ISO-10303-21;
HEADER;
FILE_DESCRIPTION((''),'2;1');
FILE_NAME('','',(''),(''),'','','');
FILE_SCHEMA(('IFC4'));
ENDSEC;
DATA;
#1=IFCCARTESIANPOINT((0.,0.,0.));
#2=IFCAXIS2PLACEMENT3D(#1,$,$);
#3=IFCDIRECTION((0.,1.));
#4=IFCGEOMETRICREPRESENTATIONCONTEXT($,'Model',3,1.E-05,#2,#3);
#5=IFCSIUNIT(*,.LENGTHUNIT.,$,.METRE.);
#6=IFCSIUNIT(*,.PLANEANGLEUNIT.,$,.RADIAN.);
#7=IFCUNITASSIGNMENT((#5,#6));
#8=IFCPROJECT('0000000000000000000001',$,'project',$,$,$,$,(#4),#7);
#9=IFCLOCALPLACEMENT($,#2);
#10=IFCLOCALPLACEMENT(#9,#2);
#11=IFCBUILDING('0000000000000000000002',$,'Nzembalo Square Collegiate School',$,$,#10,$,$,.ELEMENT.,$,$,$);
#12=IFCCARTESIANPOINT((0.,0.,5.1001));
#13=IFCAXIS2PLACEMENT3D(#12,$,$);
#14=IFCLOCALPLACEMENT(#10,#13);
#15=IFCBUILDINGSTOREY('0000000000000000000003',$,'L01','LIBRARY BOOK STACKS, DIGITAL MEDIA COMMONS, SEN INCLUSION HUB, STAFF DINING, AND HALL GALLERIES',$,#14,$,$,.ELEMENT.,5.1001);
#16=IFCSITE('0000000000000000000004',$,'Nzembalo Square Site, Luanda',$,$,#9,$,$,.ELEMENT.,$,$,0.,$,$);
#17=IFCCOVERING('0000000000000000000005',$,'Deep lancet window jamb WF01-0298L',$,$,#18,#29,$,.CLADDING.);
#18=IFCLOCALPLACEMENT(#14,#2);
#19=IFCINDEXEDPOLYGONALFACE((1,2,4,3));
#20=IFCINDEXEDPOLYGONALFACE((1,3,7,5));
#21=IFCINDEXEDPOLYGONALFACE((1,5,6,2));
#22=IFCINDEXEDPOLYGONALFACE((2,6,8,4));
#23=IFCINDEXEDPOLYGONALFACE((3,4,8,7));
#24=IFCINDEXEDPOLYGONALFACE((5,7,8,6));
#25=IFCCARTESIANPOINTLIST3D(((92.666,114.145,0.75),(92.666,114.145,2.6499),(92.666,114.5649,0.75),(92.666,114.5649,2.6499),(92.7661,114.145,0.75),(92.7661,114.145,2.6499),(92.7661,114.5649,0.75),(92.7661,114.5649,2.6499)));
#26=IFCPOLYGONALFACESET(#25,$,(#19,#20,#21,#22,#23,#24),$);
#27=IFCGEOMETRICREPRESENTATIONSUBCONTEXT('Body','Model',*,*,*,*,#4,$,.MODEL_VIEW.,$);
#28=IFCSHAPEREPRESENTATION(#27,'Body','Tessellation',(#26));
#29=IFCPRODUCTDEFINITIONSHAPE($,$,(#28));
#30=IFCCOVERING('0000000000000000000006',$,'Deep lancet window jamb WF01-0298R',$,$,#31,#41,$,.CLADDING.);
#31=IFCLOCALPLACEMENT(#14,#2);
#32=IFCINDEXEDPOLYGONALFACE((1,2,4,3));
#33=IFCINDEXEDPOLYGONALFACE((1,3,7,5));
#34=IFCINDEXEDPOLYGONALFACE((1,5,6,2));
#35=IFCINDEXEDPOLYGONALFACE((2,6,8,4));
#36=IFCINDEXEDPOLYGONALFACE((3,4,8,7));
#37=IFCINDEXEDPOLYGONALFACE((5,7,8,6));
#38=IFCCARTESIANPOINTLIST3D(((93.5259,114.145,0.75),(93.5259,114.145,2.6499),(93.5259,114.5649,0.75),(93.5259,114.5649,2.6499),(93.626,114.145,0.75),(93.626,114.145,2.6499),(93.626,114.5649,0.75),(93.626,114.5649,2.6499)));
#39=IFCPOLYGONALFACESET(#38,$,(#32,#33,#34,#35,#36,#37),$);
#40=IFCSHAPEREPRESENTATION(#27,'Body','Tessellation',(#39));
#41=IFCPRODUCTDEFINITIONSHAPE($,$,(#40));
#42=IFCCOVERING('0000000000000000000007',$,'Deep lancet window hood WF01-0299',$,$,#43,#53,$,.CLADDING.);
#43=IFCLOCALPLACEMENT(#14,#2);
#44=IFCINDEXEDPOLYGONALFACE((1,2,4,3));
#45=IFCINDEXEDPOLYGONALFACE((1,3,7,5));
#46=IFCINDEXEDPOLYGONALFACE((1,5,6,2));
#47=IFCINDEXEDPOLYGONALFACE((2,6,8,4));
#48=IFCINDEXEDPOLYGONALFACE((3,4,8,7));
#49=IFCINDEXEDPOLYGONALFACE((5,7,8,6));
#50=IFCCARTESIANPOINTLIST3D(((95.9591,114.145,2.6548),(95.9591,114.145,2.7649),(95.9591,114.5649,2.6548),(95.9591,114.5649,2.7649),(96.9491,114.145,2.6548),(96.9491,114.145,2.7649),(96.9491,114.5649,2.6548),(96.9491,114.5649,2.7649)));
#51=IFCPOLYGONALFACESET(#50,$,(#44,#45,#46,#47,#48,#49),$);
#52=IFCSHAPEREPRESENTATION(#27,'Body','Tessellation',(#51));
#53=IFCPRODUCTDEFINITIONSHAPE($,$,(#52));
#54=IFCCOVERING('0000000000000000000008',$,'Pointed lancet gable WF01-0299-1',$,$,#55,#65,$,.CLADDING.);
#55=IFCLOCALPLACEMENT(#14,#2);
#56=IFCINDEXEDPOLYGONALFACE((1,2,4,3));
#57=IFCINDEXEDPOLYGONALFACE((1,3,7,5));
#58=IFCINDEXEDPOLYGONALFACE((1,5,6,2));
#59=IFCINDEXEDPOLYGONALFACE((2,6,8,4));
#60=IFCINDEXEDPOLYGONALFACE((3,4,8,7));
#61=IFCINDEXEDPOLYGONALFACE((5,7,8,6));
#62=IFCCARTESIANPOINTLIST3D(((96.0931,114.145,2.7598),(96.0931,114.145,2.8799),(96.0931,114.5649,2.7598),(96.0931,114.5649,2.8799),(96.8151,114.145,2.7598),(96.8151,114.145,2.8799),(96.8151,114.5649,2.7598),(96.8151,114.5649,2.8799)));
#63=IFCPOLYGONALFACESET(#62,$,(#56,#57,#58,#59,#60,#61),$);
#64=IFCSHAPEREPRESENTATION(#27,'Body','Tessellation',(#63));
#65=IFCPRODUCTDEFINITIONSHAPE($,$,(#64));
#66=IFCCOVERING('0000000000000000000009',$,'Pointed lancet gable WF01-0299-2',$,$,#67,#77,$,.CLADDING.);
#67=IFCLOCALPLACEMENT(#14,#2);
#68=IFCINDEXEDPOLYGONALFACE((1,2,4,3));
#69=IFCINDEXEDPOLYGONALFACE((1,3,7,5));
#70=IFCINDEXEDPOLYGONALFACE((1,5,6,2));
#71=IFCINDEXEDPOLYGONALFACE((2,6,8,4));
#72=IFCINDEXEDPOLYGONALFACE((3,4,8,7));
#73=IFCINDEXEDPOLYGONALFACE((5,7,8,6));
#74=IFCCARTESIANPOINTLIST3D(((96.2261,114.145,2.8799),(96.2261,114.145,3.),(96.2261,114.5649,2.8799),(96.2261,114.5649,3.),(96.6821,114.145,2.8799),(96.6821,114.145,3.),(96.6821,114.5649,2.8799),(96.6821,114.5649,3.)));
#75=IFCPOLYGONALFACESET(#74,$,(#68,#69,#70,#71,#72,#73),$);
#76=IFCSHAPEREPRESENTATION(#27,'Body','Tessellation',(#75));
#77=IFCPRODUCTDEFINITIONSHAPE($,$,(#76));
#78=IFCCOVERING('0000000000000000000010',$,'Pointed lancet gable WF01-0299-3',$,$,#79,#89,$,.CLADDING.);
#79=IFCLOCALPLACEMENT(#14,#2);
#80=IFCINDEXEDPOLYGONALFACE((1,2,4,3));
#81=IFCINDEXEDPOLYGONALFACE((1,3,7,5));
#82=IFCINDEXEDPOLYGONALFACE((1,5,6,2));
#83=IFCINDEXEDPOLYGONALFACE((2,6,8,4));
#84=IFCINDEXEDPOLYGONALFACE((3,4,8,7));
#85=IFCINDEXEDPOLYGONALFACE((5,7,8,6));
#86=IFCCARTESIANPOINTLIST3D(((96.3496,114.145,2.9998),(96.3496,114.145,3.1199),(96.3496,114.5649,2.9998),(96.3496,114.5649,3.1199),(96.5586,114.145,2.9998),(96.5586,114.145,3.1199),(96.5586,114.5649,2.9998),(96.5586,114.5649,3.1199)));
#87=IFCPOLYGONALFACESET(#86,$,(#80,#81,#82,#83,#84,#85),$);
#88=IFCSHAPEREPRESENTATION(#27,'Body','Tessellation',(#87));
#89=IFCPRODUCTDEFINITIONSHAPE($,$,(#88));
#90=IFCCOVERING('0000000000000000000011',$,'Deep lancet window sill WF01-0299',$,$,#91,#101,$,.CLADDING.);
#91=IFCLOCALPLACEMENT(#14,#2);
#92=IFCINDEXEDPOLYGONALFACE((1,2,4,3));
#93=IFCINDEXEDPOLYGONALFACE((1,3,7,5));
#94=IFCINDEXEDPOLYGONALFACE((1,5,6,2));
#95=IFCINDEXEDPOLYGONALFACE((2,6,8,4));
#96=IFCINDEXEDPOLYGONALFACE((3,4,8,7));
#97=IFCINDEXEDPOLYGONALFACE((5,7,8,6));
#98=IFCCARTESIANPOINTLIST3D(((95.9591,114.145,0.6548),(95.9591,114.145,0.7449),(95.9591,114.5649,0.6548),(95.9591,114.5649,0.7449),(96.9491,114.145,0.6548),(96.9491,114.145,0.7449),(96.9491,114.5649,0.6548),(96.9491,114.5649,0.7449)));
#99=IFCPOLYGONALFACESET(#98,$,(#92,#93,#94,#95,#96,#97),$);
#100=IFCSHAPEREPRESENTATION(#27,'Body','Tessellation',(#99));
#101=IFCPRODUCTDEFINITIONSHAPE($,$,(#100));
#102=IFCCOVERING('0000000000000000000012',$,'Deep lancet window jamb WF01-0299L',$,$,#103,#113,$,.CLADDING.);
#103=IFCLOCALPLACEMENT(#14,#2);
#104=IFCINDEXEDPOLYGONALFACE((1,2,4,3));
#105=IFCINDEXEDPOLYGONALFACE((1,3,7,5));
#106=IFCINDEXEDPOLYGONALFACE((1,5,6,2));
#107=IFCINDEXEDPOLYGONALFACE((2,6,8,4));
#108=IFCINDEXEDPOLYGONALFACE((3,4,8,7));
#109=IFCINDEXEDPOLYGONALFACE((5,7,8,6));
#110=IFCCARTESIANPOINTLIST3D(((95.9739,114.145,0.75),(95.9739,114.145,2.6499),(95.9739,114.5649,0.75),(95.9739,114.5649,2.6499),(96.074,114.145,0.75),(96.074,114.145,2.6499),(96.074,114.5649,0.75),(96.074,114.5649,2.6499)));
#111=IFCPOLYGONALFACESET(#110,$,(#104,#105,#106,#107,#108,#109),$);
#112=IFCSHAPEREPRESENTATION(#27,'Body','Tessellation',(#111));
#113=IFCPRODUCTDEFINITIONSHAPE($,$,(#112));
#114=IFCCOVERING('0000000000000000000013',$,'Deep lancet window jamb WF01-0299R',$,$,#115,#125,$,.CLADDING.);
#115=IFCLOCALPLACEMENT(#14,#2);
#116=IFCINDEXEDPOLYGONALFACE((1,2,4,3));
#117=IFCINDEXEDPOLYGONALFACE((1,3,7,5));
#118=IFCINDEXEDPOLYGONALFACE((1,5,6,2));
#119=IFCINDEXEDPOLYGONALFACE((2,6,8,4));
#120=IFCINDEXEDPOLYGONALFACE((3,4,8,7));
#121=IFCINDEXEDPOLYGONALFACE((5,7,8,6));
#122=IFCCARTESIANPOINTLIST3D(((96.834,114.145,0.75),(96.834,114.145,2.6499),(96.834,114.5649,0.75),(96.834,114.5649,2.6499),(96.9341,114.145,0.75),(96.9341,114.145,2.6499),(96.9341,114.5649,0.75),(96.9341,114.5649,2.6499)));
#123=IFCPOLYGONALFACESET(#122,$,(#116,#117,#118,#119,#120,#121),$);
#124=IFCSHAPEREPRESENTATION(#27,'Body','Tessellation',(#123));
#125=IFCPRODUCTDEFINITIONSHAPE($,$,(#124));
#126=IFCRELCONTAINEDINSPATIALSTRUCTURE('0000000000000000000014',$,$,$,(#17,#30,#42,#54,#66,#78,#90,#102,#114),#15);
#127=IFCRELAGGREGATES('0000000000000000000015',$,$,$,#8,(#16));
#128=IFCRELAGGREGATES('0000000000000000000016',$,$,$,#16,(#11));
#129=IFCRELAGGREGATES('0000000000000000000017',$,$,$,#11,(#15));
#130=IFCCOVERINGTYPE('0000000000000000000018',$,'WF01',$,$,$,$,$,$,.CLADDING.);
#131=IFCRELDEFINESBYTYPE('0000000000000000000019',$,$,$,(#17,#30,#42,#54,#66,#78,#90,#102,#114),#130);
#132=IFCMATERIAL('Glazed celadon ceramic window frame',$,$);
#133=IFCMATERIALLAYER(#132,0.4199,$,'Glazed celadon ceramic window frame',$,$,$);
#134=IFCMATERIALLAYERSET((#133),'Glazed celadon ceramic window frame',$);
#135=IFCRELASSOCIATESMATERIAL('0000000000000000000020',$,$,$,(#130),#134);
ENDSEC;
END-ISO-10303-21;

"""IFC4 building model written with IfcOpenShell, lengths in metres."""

from ifc_helpers import new_model, si_unit, direction, frame, origin, origin_2d, place, context, subcontext, project, spatial, rectangle, extrude, material, layer, layer_set, type_object, element, save


model = new_model("IFC4")

# Units and contexts
model_context = context("Model", 3, precision=1e-05, world=origin(), true_north=direction((0.0, 1.0)))
body_context = subcontext(model_context, "Body", "Model", "MODEL_VIEW")
ifc_project = project(units=[si_unit("LENGTHUNIT", "METRE"), si_unit("PLANEANGLEUNIT", "RADIAN")], contexts=[model_context])

# Site, building, storey
site_placement = place(None, origin())
site = spatial("IfcSite", under=ifc_project, at=site_placement, Name="Nzembalo Square Site, Luanda", CompositionType="ELEMENT", RefElevation=0.0)
building_placement = place(site_placement, origin())
building = spatial("IfcBuilding", under=site, at=building_placement, Name="Nzembalo Square Collegiate School", CompositionType="ELEMENT")
storey_placement = place(building_placement, frame((0.0, 0.0, 5.1001)))
storey = spatial("IfcBuildingStorey", under=building, at=storey_placement, Name="L01", Description="LIBRARY BOOK STACKS, DIGITAL MEDIA COMMONS, SEN INCLUSION HUB, STAFF DINING, AND HALL GALLERIES", CompositionType="ELEMENT", Elevation=5.1001)

# Coverings
ifc_material_1 = material(Name="Glazed celadon ceramic window frame")
ifc_layer_1 = layer(ifc_material_1, 0.4199, Name="Glazed celadon ceramic window frame")
ifc_layer_set_1 = layer_set([ifc_layer_1], Name="Glazed celadon ceramic window frame")
covering_type_1 = type_object("IfcCoveringType", Name="WF01", PredefinedType="CLADDING", material=ifc_layer_set_1)
for number, where, z_axis, x_axis, name in (
    (1, (92.7161, 114.355, 0.75), (0.0, 0.0, 1.0), (1.0, 0.0, 0.0), "Deep lancet window jamb WF01-0298L"),
    (2, (93.5759, 114.355, 0.75), (0.0, 0.0, 1.0), (1.0, 0.0, 0.0), "Deep lancet window jamb WF01-0298R"),
):
    element("IfcCovering", number, at=place(storey_placement, frame(where, z_axis=z_axis, x_axis=x_axis)), inside=storey, type_object=covering_type_1, Name=name, PredefinedType="CLADDING", context=body_context, shape_type="SweptSolid", body=[
        extrude(rectangle(XDim=0.1001, YDim=0.4199, at=origin_2d()), origin(), (0.0, 0.0, 1.0), 1.8999),
    ])
covering_1_placement = place(storey_placement, frame((96.4541, 114.355, 2.6548), z_axis=(0.0, 0.0, 1.0), x_axis=(1.0, 0.0, 0.0)))
element("IfcCovering", 3, at=covering_1_placement, inside=storey, type_object=covering_type_1, Name="Deep lancet window hood WF01-0299", PredefinedType="CLADDING", context=body_context, shape_type="SweptSolid", body=[
    extrude(rectangle(XDim=0.99, YDim=0.4199, at=origin_2d()), origin(), (0.0, 0.0, 1.0), 0.1101),
])
covering_2_placement = place(storey_placement, frame((96.4541, 114.355, 2.7598), z_axis=(0.0, 0.0, 1.0), x_axis=(1.0, 0.0, 0.0)))
element("IfcCovering", 4, at=covering_2_placement, inside=storey, type_object=covering_type_1, Name="Pointed lancet gable WF01-0299-1", PredefinedType="CLADDING", context=body_context, shape_type="SweptSolid", body=[
    extrude(rectangle(XDim=0.7219, YDim=0.4199, at=origin_2d()), origin(), (0.0, 0.0, 1.0), 0.1201),
])
covering_3_placement = place(storey_placement, frame((96.4541, 114.355, 2.8799), z_axis=(0.0, 0.0, 1.0), x_axis=(1.0, 0.0, 0.0)))
element("IfcCovering", 5, at=covering_3_placement, inside=storey, type_object=covering_type_1, Name="Pointed lancet gable WF01-0299-2", PredefinedType="CLADDING", context=body_context, shape_type="SweptSolid", body=[
    extrude(rectangle(XDim=0.4561, YDim=0.4199, at=origin_2d()), origin(), (0.0, 0.0, 1.0), 0.1201),
])
covering_4_placement = place(storey_placement, frame((96.4541, 114.355, 2.9998), z_axis=(0.0, 0.0, 1.0), x_axis=(1.0, 0.0, 0.0)))
element("IfcCovering", 6, at=covering_4_placement, inside=storey, type_object=covering_type_1, Name="Pointed lancet gable WF01-0299-3", PredefinedType="CLADDING", context=body_context, shape_type="SweptSolid", body=[
    extrude(rectangle(XDim=0.209, YDim=0.4199, at=origin_2d()), origin(), (0.0, 0.0, 1.0), 0.1201),
])
covering_5_placement = place(storey_placement, frame((96.4541, 114.355, 0.6548), z_axis=(0.0, 0.0, 1.0), x_axis=(1.0, 0.0, 0.0)))
element("IfcCovering", 7, at=covering_5_placement, inside=storey, type_object=covering_type_1, Name="Deep lancet window sill WF01-0299", PredefinedType="CLADDING", context=body_context, shape_type="SweptSolid", body=[
    extrude(rectangle(XDim=0.99, YDim=0.4199, at=origin_2d()), origin(), (0.0, 0.0, 1.0), 0.0901),
])
for number, where, z_axis, x_axis, name in (
    (8, (96.0239, 114.355, 0.75), (0.0, 0.0, 1.0), (1.0, 0.0, 0.0), "Deep lancet window jamb WF01-0299L"),
    (9, (96.884, 114.355, 0.75), (0.0, 0.0, 1.0), (1.0, 0.0, 0.0), "Deep lancet window jamb WF01-0299R"),
):
    element("IfcCovering", number, at=place(storey_placement, frame(where, z_axis=z_axis, x_axis=x_axis)), inside=storey, type_object=covering_type_1, Name=name, PredefinedType="CLADDING", context=body_context, shape_type="SweptSolid", body=[
        extrude(rectangle(XDim=0.1001, YDim=0.4199, at=origin_2d()), origin(), (0.0, 0.0, 1.0), 1.8999),
    ])

save(model, "model.ifc")
